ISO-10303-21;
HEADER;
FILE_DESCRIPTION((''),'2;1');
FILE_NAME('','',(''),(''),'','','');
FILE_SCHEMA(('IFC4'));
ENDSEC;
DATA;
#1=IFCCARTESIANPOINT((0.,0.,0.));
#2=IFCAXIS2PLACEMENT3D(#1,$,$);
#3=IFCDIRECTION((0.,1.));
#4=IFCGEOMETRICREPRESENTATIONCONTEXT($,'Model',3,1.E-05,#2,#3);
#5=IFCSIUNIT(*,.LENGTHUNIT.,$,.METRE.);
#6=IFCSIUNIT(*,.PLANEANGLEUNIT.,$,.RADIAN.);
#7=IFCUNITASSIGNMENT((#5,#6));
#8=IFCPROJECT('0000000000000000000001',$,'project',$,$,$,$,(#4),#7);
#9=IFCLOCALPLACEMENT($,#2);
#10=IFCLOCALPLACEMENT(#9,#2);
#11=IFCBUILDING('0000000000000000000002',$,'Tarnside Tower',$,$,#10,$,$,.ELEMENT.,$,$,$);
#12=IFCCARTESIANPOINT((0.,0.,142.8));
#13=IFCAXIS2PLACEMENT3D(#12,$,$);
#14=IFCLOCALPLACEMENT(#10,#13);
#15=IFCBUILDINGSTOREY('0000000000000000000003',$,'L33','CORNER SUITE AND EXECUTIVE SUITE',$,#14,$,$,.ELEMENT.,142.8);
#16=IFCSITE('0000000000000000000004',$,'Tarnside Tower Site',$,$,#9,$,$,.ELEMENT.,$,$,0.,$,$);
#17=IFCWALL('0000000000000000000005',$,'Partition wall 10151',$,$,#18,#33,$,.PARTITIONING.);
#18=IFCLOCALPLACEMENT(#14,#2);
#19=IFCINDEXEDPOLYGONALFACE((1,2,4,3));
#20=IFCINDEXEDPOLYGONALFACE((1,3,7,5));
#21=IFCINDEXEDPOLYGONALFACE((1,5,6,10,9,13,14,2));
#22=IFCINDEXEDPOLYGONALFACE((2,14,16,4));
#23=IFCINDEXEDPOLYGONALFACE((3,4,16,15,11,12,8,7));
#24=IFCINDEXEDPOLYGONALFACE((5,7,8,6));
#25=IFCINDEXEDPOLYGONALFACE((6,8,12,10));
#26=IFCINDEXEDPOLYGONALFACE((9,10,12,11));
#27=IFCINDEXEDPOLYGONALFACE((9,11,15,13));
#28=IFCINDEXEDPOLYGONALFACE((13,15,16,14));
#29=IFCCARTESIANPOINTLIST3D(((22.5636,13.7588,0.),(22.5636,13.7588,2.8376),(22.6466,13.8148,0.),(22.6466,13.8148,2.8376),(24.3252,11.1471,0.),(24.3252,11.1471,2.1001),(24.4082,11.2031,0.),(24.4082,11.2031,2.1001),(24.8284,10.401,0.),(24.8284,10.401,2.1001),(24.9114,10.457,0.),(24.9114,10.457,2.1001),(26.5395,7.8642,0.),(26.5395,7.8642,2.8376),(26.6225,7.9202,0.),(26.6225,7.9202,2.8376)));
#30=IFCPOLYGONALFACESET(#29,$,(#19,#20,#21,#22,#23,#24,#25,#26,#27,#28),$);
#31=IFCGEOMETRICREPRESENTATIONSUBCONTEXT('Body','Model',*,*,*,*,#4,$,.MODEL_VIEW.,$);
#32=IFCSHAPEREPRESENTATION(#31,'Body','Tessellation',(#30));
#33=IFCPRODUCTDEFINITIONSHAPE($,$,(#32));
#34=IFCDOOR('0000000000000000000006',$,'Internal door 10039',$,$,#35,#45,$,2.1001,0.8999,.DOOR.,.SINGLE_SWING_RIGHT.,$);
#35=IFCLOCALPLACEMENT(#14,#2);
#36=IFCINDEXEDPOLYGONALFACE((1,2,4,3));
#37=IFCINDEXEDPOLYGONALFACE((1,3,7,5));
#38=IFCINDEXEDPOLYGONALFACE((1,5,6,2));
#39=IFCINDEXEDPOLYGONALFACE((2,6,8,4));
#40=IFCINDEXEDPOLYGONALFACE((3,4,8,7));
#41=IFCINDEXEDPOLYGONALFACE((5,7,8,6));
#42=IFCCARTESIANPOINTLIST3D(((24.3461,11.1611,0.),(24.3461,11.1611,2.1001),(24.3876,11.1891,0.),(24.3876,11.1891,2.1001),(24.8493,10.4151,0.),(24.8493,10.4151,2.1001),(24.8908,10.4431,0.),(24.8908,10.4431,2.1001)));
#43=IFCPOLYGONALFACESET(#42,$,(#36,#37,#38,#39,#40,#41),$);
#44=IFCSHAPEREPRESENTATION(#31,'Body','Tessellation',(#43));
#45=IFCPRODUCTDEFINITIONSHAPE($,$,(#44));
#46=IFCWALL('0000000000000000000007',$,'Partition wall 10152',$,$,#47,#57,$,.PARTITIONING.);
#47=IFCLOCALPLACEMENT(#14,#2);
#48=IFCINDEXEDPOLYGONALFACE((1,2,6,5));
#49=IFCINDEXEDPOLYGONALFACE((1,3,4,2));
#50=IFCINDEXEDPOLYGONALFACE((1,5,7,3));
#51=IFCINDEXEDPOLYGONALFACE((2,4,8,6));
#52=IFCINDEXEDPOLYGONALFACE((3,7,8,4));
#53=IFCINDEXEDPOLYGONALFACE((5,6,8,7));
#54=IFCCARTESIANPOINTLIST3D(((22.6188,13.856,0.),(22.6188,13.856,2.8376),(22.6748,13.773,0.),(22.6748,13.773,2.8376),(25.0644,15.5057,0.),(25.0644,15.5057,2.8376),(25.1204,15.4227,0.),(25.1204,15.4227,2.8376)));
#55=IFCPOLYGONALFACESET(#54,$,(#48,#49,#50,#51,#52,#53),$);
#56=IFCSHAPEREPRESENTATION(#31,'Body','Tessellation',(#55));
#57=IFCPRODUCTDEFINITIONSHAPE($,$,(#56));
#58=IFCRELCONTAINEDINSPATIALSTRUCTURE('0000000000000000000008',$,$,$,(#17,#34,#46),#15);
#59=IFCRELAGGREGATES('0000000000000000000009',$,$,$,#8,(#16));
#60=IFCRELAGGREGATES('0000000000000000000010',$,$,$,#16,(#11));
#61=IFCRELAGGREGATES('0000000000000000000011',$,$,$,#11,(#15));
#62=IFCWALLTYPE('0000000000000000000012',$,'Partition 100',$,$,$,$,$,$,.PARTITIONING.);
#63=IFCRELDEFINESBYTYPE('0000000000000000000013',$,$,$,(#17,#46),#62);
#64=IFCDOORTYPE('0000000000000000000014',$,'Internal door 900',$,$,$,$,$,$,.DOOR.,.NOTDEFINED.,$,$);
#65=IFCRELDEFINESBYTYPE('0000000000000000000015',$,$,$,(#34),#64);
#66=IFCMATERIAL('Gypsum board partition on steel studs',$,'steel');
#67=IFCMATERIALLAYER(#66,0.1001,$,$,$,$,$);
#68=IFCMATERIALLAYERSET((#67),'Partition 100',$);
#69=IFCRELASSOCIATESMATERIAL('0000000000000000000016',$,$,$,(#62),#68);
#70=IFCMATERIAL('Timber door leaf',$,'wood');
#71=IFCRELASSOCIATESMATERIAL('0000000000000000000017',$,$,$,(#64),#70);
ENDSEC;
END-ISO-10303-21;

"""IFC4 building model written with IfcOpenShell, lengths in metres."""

from ifc_helpers import new_model, si_unit, direction, frame, frame_2d, origin, place, context, subcontext, project, spatial, rectangle, extrude, material, layer, layer_set, type_object, element, fill, save


model = new_model("IFC4")

# Units and contexts
model_context = context("Model", 3, precision=1e-05, world=origin(), true_north=direction((0.0, 1.0)))
body_context = subcontext(model_context, "Body", "Model", "MODEL_VIEW")
ifc_project = project(units=[si_unit("LENGTHUNIT", "METRE"), si_unit("PLANEANGLEUNIT", "RADIAN")], contexts=[model_context])

# Site, building, storey
site_placement = place(None, origin())
site = spatial("IfcSite", under=ifc_project, at=site_placement, Name="Tarnside Tower Site", CompositionType="ELEMENT", RefElevation=0.0)
building_placement = place(site_placement, origin())
building = spatial("IfcBuilding", under=site, at=building_placement, Name="Tarnside Tower", CompositionType="ELEMENT")
storey_placement = place(building_placement, frame((0.0, 0.0, 142.8)))
storey = spatial("IfcBuildingStorey", under=building, at=storey_placement, Name="L33", Description="CORNER SUITE AND EXECUTIVE SUITE", CompositionType="ELEMENT", Elevation=142.8)

# Shared definitions
ifc_material_1 = material(Name="Gypsum board partition on steel studs", Category="steel")
ifc_material_2 = material(Name="Timber door leaf", Category="wood")

# Wall, opening, door
ifc_layer_1 = layer(ifc_material_1, 0.1001)
ifc_layer_set_1 = layer_set([ifc_layer_1], Name="Partition 100")
wall_type_1 = type_object("IfcWallType", Name="Partition 100", PredefinedType="PARTITIONING", material=ifc_layer_set_1)
wall_1_placement = place(storey_placement, frame((26.5811, 7.8921, 0.0), z_axis=(0.0, 0.0, 1.0), x_axis=(-0.559185, 0.829043, 0.0)))
wall_1 = element("IfcWall", 1, at=wall_1_placement, inside=storey, type_object=wall_type_1, Name="Partition wall 10151", PredefinedType="PARTITIONING", context=body_context, shape_type="SweptSolid", body=[
    extrude(rectangle(XDim=7.1101, YDim=0.1001, at=frame_2d((3.5552, 0.0))), origin(), (0.0, 0.0, 1.0), 2.8376),
])
opening_1_placement = place(wall_1_placement, frame((3.0601, 0.0, 0.0)))
opening_1 = element("IfcOpeningElement", 2, at=opening_1_placement, cuts=wall_1, PredefinedType="OPENING", context=body_context, shape_type="SweptSolid", body=[
    extrude(rectangle(XDim=0.8999, YDim=2.1001, at=frame_2d((0.45, 1.05))), frame((0.0, 0.0601, 0.0), z_axis=(0.0, -1.0, 0.0), x_axis=(1.0, 0.0, 0.0)), (0.0, 0.0, 1.0), 0.1201),
])
door_type_1 = type_object("IfcDoorType", Name="Internal door 900", OperationType="NOTDEFINED", PredefinedType="DOOR", material=ifc_material_2)
door_1_placement = place(opening_1_placement, origin())
door_1 = element("IfcDoor", 3, at=door_1_placement, inside=storey, type_object=door_type_1, Name="Internal door 10039", OperationType="SINGLE_SWING_RIGHT", OverallHeight=2.1001, OverallWidth=0.8999, PredefinedType="DOOR", context=body_context, shape_type="SweptSolid", body=[
    extrude(rectangle(XDim=0.8999, YDim=2.1001, at=frame_2d((0.45, 1.05))), frame((0.0, 0.0249, 0.0), z_axis=(0.0, -1.0, 0.0), x_axis=(1.0, 0.0, 0.0)), (0.0, 0.0, 1.0), 0.05),
])
fill(opening_1, door_1)

# Wall
wall_2_placement = place(storey_placement, frame((22.6467, 13.8145, 0.0), z_axis=(0.0, 0.0, 1.0), x_axis=(0.82902, 0.559218, 0.0)))
element("IfcWall", 4, at=wall_2_placement, inside=storey, type_object=wall_type_1, Name="Partition wall 10152", PredefinedType="PARTITIONING", context=body_context, shape_type="SweptSolid", body=[
    extrude(rectangle(XDim=2.95, YDim=0.1001, at=frame_2d((1.4751, 0.0))), origin(), (0.0, 0.0, 1.0), 2.8376),
])

save(model, "model.ifc")
